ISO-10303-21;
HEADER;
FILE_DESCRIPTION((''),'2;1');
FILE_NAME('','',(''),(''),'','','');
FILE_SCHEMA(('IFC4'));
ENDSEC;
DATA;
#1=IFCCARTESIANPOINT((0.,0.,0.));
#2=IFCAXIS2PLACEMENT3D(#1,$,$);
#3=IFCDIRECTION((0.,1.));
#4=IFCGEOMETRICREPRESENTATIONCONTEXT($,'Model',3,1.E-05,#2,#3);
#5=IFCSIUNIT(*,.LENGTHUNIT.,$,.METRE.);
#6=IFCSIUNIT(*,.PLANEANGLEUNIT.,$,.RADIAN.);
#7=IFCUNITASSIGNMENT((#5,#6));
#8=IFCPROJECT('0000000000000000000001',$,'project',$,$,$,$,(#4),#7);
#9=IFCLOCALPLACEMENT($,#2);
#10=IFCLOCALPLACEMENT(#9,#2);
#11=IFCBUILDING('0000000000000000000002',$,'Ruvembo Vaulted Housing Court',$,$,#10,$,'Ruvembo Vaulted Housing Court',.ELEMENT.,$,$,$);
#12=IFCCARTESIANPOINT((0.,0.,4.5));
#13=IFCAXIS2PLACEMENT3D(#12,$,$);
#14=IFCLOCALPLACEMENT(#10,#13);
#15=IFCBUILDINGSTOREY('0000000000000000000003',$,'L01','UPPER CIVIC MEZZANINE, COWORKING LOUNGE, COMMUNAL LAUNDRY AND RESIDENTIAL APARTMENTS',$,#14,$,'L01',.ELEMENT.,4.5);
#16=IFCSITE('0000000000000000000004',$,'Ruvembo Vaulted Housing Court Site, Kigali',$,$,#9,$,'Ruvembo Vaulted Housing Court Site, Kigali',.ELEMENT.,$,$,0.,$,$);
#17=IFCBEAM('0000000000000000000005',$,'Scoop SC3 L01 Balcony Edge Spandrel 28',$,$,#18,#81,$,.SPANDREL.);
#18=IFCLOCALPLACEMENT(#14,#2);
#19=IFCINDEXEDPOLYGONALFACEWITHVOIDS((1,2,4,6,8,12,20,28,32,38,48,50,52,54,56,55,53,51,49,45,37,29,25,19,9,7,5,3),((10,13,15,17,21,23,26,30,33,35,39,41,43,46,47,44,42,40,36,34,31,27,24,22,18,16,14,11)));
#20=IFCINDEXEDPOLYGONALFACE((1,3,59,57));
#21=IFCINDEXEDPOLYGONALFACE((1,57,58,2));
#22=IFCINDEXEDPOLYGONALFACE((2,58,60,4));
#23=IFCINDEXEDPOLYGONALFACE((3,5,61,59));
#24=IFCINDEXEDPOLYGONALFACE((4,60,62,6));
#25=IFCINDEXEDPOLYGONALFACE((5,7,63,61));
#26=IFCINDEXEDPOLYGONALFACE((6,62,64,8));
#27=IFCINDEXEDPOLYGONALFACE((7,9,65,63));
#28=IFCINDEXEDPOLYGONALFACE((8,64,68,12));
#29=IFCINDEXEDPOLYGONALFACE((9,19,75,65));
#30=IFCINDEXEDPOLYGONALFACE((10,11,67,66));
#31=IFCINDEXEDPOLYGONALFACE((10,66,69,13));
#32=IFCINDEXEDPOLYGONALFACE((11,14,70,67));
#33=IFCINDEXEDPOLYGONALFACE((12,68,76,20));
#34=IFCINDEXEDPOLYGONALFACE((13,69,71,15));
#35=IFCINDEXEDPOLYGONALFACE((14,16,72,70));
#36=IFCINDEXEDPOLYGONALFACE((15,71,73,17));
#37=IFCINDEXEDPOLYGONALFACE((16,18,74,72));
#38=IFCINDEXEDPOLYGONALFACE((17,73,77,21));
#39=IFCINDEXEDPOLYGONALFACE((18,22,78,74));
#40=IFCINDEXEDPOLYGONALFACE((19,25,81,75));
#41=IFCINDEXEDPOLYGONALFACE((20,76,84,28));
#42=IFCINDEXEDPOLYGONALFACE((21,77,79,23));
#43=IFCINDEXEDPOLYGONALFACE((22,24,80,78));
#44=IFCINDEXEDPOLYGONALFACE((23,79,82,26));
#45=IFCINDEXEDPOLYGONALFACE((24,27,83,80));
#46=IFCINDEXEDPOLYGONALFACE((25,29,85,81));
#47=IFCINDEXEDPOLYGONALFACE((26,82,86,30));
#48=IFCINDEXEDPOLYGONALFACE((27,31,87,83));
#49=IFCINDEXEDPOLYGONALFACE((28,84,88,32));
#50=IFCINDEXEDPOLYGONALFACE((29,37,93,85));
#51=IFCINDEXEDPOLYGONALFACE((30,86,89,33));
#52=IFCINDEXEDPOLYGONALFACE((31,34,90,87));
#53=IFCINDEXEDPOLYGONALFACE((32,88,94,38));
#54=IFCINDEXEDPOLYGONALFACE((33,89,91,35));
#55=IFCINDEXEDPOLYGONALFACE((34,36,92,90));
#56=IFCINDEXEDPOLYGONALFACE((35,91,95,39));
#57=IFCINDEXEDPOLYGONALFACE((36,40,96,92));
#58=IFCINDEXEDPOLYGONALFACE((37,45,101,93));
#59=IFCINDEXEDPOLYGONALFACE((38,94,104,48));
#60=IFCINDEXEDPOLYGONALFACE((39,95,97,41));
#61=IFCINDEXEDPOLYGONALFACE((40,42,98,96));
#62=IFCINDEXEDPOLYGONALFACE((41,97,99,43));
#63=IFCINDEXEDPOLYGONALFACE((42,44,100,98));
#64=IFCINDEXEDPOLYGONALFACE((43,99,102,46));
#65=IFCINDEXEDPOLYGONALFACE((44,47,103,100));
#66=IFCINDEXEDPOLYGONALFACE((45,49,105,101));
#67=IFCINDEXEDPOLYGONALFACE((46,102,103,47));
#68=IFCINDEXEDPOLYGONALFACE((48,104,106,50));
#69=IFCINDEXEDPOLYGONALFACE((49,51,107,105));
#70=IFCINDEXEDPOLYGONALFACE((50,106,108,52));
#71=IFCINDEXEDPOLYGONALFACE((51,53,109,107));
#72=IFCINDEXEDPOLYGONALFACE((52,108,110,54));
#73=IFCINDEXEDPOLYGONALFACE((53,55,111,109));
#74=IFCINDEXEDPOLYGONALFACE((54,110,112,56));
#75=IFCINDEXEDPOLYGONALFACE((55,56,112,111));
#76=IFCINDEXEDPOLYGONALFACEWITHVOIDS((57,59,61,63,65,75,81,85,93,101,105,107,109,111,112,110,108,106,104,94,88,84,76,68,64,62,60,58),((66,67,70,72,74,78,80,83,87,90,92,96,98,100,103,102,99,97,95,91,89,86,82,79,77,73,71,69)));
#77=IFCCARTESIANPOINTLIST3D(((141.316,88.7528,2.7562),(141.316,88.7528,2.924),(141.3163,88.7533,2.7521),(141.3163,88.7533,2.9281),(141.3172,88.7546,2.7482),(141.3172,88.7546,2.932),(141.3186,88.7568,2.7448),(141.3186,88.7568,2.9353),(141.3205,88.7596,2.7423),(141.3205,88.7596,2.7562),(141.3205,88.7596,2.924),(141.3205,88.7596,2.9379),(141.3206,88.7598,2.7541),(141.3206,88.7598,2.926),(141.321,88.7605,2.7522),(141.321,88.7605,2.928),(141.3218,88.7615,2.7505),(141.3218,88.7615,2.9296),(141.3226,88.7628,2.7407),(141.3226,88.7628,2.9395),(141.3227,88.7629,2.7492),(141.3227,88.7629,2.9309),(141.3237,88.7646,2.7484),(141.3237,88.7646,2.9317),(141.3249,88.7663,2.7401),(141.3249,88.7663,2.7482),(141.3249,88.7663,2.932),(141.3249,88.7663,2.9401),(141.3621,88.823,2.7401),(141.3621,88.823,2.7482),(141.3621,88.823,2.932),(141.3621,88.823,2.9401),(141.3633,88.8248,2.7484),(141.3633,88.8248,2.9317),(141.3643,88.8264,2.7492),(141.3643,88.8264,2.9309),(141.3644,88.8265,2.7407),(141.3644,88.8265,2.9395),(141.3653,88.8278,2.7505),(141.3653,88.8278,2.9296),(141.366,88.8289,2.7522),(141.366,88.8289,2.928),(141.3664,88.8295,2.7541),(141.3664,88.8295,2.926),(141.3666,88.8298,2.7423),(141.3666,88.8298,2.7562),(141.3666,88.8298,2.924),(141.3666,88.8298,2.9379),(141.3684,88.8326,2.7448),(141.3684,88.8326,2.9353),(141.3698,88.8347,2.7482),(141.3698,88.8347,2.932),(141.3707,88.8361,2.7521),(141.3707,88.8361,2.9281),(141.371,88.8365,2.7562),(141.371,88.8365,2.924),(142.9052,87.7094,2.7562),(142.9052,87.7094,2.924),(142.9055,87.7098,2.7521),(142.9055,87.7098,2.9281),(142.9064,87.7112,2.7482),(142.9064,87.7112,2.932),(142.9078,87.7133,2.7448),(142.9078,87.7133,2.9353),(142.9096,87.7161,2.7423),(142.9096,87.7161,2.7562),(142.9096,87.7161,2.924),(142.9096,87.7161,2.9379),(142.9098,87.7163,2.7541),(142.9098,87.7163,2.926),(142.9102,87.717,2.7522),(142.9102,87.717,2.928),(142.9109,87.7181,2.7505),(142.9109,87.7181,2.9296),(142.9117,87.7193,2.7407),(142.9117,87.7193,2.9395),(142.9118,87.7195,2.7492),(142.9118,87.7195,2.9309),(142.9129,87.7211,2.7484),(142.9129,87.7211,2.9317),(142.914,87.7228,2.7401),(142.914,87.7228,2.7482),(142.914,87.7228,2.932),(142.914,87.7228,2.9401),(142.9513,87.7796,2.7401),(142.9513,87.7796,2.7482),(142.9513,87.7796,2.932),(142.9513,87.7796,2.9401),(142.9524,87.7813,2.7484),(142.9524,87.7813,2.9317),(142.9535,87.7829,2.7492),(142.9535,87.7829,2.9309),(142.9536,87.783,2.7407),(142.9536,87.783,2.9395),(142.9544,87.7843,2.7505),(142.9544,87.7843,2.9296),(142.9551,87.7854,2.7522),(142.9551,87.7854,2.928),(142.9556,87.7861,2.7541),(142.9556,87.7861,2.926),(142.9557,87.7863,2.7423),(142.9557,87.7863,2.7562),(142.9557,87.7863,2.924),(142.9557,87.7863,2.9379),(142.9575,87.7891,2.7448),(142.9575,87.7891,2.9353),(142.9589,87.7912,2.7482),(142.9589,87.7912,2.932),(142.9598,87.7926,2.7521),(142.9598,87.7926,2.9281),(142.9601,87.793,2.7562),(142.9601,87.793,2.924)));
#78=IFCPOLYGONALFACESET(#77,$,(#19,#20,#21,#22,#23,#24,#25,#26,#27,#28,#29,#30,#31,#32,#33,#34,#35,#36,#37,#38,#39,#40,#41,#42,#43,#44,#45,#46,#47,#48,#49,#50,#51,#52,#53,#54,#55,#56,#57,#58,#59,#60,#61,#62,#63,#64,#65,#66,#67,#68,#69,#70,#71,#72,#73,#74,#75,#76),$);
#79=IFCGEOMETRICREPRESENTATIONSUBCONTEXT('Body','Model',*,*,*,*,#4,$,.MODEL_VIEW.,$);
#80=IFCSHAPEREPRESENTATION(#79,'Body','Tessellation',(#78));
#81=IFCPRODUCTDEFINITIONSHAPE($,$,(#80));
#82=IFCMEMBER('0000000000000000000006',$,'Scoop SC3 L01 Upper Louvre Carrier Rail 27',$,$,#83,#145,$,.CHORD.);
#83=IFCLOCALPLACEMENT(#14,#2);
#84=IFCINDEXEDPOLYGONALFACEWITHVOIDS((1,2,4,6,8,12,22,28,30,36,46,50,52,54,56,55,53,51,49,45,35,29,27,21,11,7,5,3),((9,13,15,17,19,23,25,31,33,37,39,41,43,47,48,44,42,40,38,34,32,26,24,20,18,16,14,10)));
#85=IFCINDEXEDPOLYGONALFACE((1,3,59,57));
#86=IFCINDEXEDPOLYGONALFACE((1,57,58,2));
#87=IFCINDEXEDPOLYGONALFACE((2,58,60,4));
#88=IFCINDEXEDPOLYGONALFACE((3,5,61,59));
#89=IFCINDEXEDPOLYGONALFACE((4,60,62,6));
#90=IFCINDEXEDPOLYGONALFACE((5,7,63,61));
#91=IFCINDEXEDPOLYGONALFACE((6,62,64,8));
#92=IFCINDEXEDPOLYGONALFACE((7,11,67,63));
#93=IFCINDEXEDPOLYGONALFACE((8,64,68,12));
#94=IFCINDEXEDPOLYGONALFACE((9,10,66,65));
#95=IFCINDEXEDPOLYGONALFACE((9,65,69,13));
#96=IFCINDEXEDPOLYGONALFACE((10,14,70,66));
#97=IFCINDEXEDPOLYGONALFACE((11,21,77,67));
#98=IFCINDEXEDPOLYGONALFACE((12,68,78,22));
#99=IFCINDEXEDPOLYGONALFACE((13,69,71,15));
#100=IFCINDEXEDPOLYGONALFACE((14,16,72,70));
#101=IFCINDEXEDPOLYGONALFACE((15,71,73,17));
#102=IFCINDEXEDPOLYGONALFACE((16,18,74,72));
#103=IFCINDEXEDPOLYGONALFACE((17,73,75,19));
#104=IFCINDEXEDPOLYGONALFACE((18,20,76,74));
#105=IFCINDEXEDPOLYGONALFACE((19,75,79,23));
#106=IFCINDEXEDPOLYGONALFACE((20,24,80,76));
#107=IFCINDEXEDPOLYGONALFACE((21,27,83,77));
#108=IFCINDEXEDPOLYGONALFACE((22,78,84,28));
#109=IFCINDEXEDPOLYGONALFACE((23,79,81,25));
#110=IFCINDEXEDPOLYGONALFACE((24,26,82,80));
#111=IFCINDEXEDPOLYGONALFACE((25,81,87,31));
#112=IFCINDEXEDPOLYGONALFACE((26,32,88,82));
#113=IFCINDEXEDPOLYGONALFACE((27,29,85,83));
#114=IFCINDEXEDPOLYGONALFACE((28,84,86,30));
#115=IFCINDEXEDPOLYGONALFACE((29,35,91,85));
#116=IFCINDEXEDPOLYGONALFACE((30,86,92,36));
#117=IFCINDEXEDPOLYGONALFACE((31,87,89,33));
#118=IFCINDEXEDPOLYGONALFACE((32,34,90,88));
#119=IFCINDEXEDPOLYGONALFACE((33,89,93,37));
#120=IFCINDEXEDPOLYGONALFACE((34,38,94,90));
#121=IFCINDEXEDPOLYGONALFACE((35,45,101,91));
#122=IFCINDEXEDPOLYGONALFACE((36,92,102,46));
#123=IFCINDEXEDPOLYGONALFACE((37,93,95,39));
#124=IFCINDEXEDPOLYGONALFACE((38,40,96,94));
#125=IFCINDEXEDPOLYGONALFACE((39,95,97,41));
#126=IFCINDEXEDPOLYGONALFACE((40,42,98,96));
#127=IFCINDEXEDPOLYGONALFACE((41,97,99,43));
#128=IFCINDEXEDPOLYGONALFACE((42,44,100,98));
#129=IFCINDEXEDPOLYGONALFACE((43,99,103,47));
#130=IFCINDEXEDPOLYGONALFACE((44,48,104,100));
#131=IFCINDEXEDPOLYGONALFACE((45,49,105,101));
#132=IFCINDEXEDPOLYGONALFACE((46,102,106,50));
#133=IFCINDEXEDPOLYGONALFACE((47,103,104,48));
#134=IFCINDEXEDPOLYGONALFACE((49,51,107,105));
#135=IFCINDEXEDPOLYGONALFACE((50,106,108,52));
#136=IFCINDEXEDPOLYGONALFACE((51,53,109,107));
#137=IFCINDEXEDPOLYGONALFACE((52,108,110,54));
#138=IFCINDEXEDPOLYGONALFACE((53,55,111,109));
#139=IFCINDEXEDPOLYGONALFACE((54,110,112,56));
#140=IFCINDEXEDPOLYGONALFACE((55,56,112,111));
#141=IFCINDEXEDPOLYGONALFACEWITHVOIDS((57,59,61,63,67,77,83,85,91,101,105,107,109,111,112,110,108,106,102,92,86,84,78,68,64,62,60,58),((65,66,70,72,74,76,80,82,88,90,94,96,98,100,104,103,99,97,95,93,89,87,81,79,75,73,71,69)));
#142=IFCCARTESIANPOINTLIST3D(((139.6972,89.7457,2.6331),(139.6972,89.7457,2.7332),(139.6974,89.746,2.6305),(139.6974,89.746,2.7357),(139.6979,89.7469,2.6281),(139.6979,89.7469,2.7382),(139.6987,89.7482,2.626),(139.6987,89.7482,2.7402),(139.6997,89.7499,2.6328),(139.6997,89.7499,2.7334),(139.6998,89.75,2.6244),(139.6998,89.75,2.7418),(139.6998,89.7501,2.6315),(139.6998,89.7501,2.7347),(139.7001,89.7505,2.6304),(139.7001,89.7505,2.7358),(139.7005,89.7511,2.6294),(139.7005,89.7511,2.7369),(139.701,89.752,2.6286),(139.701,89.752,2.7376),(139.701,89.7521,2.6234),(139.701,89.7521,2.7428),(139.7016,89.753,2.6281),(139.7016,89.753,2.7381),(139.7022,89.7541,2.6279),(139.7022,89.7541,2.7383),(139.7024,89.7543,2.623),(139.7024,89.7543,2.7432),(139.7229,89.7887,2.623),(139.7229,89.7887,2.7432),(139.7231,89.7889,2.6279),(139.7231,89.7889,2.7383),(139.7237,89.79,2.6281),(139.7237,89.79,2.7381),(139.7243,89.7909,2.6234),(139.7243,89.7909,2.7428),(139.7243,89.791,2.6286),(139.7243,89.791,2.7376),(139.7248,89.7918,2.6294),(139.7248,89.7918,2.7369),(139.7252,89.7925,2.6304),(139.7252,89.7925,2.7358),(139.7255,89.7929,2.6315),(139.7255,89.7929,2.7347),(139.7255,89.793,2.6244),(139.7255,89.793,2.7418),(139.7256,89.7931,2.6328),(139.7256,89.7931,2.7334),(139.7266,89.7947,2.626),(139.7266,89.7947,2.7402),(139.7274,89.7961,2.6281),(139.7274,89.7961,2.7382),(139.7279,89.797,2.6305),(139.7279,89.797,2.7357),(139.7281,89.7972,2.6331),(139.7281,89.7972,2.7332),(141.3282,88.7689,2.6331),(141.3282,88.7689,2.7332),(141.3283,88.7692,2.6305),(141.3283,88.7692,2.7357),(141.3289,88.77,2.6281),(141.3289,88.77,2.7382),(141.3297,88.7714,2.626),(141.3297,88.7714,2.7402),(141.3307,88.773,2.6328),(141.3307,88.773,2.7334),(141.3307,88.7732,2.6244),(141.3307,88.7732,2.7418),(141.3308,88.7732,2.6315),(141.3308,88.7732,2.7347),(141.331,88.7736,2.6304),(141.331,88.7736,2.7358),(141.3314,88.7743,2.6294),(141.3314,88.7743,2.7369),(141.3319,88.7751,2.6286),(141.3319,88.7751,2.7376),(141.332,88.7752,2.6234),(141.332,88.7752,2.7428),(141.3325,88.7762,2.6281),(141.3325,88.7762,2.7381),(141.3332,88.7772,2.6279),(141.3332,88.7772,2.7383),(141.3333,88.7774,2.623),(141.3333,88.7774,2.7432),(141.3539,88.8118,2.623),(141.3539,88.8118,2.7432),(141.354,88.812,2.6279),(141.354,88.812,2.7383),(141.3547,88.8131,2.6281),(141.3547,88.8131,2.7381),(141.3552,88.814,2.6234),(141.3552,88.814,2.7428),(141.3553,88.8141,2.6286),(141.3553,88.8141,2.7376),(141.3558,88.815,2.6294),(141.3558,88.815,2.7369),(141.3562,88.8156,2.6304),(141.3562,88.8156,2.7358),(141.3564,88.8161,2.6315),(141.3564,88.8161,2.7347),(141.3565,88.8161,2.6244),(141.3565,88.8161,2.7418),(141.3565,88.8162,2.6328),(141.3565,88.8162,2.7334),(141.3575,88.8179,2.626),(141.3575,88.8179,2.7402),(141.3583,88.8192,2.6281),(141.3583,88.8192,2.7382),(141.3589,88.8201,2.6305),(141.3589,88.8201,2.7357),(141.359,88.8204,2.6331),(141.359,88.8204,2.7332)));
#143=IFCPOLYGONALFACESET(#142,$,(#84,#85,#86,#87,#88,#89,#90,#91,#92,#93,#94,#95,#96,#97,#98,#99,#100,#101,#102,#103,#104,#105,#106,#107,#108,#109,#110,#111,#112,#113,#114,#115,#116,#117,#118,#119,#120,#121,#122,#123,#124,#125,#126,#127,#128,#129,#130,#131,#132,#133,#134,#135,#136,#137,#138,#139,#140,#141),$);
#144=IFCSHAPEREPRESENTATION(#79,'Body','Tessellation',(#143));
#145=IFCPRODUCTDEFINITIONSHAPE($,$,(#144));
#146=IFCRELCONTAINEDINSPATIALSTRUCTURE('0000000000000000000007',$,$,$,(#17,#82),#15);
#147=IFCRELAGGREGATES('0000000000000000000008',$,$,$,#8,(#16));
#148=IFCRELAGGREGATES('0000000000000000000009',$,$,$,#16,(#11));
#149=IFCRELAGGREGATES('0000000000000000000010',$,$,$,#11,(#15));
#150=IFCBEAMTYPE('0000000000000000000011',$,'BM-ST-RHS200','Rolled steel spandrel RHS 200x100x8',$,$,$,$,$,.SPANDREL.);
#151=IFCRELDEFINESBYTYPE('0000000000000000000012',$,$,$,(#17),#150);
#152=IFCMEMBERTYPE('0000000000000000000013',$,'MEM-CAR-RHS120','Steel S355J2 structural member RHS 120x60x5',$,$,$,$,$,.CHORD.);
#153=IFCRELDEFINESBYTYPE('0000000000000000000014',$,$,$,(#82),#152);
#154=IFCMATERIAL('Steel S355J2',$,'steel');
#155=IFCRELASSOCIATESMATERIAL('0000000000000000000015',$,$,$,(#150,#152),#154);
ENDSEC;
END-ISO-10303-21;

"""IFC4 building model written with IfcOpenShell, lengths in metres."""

from ifc_helpers import new_model, si_unit, direction, frame, origin, origin_2d, place, context, subcontext, project, spatial, hollow_rectangle, extrude, material, material_profile, profile_set, type_object, element, save


model = new_model("IFC4")

# Units and contexts
model_context = context("Model", 3, precision=1e-05, world=origin(), true_north=direction((0.0, 1.0)))
body_context = subcontext(model_context, "Body", "Model", "MODEL_VIEW")
ifc_project = project(units=[si_unit("LENGTHUNIT", "METRE"), si_unit("PLANEANGLEUNIT", "RADIAN")], contexts=[model_context])

# Site, building, storey
site_placement = place(None, origin())
site = spatial("IfcSite", under=ifc_project, at=site_placement, Name="Ruvembo Vaulted Housing Court Site, Kigali", LongName="Ruvembo Vaulted Housing Court Site, Kigali", CompositionType="ELEMENT", RefElevation=0.0)
building_placement = place(site_placement, origin())
building = spatial("IfcBuilding", under=site, at=building_placement, Name="Ruvembo Vaulted Housing Court", LongName="Ruvembo Vaulted Housing Court", CompositionType="ELEMENT")
storey_placement = place(building_placement, frame((0.0, 0.0, 4.5)))
storey = spatial("IfcBuildingStorey", under=building, at=storey_placement, Name="L01", Description="UPPER CIVIC MEZZANINE, COWORKING LOUNGE, COMMUNAL LAUNDRY AND RESIDENTIAL APARTMENTS", LongName="L01", CompositionType="ELEMENT", Elevation=4.5)

# Beam
ifc_material_1 = material(Name="Steel S355J2", Category="steel")
ifc_material_profile_1 = material_profile(ifc_material_1, hollow_rectangle(XDim=0.1001, YDim=0.2, WallThickness=0.0081, InnerFilletRadius=0.0081, OuterFilletRadius=0.0161, at=origin_2d()), Name="RHS 200x100x8")
ifc_profile_set_1 = profile_set([ifc_material_profile_1], Name="Steel S355J2")
beam_type = type_object("IfcBeamType", Name="BM-ST-RHS200", Description="Rolled steel spandrel RHS 200x100x8", PredefinedType="SPANDREL", material=ifc_profile_set_1)
for number, where, z_axis, x_axis, name in (
    (1, (141.3435, 88.7947, 2.8401), (0.835902, -0.548878, 0.0), (0.548878, 0.835902, 0.0), "Scoop SC3 L01 Balcony Edge Spandrel 28"),
):
    element("IfcBeam", number, at=place(storey_placement, frame(where, z_axis=z_axis, x_axis=x_axis)), inside=storey, type_object=beam_type, Name=name, PredefinedType="SPANDREL", context=body_context, shape_type="SweptSolid", body=[
        extrude(hollow_rectangle(XDim=0.1001, YDim=0.2, WallThickness=0.0081, InnerFilletRadius=0.0081, OuterFilletRadius=0.0161, at=origin_2d()), origin(), (0.0, 0.0, 1.0), 1.9011),
    ])

# Member
ifc_material_profile_2 = material_profile(ifc_material_1, hollow_rectangle(XDim=0.0601, YDim=0.1201, WallThickness=0.0049, InnerFilletRadius=0.0049, OuterFilletRadius=0.01, at=origin_2d()), Name="RHS 120x60x5")
ifc_profile_set_2 = profile_set([ifc_material_profile_2], Name="Steel S355J2")
member_type_1 = type_object("IfcMemberType", Name="MEM-CAR-RHS120", Description="Steel S355J2 structural member RHS 120x60x5", PredefinedType="CHORD", material=ifc_profile_set_2)
for number, where, z_axis, x_axis, name in (
    (2, (139.7126, 89.7715, 2.6831), (0.857889, -0.513835, 0.0), (0.513835, 0.857889, 0.0), "Scoop SC3 L01 Upper Louvre Carrier Rail 27"),
):
    element("IfcMember", number, at=place(storey_placement, frame(where, z_axis=z_axis, x_axis=x_axis)), inside=storey, type_object=member_type_1, Name=name, PredefinedType="CHORD", context=body_context, shape_type="SweptSolid", body=[
        extrude(hollow_rectangle(XDim=0.0601, YDim=0.1201, WallThickness=0.0049, InnerFilletRadius=0.0049, OuterFilletRadius=0.01, at=origin_2d()), origin(), (0.0, 0.0, 1.0), 1.9011),
    ])

save(model, "model.ifc")
